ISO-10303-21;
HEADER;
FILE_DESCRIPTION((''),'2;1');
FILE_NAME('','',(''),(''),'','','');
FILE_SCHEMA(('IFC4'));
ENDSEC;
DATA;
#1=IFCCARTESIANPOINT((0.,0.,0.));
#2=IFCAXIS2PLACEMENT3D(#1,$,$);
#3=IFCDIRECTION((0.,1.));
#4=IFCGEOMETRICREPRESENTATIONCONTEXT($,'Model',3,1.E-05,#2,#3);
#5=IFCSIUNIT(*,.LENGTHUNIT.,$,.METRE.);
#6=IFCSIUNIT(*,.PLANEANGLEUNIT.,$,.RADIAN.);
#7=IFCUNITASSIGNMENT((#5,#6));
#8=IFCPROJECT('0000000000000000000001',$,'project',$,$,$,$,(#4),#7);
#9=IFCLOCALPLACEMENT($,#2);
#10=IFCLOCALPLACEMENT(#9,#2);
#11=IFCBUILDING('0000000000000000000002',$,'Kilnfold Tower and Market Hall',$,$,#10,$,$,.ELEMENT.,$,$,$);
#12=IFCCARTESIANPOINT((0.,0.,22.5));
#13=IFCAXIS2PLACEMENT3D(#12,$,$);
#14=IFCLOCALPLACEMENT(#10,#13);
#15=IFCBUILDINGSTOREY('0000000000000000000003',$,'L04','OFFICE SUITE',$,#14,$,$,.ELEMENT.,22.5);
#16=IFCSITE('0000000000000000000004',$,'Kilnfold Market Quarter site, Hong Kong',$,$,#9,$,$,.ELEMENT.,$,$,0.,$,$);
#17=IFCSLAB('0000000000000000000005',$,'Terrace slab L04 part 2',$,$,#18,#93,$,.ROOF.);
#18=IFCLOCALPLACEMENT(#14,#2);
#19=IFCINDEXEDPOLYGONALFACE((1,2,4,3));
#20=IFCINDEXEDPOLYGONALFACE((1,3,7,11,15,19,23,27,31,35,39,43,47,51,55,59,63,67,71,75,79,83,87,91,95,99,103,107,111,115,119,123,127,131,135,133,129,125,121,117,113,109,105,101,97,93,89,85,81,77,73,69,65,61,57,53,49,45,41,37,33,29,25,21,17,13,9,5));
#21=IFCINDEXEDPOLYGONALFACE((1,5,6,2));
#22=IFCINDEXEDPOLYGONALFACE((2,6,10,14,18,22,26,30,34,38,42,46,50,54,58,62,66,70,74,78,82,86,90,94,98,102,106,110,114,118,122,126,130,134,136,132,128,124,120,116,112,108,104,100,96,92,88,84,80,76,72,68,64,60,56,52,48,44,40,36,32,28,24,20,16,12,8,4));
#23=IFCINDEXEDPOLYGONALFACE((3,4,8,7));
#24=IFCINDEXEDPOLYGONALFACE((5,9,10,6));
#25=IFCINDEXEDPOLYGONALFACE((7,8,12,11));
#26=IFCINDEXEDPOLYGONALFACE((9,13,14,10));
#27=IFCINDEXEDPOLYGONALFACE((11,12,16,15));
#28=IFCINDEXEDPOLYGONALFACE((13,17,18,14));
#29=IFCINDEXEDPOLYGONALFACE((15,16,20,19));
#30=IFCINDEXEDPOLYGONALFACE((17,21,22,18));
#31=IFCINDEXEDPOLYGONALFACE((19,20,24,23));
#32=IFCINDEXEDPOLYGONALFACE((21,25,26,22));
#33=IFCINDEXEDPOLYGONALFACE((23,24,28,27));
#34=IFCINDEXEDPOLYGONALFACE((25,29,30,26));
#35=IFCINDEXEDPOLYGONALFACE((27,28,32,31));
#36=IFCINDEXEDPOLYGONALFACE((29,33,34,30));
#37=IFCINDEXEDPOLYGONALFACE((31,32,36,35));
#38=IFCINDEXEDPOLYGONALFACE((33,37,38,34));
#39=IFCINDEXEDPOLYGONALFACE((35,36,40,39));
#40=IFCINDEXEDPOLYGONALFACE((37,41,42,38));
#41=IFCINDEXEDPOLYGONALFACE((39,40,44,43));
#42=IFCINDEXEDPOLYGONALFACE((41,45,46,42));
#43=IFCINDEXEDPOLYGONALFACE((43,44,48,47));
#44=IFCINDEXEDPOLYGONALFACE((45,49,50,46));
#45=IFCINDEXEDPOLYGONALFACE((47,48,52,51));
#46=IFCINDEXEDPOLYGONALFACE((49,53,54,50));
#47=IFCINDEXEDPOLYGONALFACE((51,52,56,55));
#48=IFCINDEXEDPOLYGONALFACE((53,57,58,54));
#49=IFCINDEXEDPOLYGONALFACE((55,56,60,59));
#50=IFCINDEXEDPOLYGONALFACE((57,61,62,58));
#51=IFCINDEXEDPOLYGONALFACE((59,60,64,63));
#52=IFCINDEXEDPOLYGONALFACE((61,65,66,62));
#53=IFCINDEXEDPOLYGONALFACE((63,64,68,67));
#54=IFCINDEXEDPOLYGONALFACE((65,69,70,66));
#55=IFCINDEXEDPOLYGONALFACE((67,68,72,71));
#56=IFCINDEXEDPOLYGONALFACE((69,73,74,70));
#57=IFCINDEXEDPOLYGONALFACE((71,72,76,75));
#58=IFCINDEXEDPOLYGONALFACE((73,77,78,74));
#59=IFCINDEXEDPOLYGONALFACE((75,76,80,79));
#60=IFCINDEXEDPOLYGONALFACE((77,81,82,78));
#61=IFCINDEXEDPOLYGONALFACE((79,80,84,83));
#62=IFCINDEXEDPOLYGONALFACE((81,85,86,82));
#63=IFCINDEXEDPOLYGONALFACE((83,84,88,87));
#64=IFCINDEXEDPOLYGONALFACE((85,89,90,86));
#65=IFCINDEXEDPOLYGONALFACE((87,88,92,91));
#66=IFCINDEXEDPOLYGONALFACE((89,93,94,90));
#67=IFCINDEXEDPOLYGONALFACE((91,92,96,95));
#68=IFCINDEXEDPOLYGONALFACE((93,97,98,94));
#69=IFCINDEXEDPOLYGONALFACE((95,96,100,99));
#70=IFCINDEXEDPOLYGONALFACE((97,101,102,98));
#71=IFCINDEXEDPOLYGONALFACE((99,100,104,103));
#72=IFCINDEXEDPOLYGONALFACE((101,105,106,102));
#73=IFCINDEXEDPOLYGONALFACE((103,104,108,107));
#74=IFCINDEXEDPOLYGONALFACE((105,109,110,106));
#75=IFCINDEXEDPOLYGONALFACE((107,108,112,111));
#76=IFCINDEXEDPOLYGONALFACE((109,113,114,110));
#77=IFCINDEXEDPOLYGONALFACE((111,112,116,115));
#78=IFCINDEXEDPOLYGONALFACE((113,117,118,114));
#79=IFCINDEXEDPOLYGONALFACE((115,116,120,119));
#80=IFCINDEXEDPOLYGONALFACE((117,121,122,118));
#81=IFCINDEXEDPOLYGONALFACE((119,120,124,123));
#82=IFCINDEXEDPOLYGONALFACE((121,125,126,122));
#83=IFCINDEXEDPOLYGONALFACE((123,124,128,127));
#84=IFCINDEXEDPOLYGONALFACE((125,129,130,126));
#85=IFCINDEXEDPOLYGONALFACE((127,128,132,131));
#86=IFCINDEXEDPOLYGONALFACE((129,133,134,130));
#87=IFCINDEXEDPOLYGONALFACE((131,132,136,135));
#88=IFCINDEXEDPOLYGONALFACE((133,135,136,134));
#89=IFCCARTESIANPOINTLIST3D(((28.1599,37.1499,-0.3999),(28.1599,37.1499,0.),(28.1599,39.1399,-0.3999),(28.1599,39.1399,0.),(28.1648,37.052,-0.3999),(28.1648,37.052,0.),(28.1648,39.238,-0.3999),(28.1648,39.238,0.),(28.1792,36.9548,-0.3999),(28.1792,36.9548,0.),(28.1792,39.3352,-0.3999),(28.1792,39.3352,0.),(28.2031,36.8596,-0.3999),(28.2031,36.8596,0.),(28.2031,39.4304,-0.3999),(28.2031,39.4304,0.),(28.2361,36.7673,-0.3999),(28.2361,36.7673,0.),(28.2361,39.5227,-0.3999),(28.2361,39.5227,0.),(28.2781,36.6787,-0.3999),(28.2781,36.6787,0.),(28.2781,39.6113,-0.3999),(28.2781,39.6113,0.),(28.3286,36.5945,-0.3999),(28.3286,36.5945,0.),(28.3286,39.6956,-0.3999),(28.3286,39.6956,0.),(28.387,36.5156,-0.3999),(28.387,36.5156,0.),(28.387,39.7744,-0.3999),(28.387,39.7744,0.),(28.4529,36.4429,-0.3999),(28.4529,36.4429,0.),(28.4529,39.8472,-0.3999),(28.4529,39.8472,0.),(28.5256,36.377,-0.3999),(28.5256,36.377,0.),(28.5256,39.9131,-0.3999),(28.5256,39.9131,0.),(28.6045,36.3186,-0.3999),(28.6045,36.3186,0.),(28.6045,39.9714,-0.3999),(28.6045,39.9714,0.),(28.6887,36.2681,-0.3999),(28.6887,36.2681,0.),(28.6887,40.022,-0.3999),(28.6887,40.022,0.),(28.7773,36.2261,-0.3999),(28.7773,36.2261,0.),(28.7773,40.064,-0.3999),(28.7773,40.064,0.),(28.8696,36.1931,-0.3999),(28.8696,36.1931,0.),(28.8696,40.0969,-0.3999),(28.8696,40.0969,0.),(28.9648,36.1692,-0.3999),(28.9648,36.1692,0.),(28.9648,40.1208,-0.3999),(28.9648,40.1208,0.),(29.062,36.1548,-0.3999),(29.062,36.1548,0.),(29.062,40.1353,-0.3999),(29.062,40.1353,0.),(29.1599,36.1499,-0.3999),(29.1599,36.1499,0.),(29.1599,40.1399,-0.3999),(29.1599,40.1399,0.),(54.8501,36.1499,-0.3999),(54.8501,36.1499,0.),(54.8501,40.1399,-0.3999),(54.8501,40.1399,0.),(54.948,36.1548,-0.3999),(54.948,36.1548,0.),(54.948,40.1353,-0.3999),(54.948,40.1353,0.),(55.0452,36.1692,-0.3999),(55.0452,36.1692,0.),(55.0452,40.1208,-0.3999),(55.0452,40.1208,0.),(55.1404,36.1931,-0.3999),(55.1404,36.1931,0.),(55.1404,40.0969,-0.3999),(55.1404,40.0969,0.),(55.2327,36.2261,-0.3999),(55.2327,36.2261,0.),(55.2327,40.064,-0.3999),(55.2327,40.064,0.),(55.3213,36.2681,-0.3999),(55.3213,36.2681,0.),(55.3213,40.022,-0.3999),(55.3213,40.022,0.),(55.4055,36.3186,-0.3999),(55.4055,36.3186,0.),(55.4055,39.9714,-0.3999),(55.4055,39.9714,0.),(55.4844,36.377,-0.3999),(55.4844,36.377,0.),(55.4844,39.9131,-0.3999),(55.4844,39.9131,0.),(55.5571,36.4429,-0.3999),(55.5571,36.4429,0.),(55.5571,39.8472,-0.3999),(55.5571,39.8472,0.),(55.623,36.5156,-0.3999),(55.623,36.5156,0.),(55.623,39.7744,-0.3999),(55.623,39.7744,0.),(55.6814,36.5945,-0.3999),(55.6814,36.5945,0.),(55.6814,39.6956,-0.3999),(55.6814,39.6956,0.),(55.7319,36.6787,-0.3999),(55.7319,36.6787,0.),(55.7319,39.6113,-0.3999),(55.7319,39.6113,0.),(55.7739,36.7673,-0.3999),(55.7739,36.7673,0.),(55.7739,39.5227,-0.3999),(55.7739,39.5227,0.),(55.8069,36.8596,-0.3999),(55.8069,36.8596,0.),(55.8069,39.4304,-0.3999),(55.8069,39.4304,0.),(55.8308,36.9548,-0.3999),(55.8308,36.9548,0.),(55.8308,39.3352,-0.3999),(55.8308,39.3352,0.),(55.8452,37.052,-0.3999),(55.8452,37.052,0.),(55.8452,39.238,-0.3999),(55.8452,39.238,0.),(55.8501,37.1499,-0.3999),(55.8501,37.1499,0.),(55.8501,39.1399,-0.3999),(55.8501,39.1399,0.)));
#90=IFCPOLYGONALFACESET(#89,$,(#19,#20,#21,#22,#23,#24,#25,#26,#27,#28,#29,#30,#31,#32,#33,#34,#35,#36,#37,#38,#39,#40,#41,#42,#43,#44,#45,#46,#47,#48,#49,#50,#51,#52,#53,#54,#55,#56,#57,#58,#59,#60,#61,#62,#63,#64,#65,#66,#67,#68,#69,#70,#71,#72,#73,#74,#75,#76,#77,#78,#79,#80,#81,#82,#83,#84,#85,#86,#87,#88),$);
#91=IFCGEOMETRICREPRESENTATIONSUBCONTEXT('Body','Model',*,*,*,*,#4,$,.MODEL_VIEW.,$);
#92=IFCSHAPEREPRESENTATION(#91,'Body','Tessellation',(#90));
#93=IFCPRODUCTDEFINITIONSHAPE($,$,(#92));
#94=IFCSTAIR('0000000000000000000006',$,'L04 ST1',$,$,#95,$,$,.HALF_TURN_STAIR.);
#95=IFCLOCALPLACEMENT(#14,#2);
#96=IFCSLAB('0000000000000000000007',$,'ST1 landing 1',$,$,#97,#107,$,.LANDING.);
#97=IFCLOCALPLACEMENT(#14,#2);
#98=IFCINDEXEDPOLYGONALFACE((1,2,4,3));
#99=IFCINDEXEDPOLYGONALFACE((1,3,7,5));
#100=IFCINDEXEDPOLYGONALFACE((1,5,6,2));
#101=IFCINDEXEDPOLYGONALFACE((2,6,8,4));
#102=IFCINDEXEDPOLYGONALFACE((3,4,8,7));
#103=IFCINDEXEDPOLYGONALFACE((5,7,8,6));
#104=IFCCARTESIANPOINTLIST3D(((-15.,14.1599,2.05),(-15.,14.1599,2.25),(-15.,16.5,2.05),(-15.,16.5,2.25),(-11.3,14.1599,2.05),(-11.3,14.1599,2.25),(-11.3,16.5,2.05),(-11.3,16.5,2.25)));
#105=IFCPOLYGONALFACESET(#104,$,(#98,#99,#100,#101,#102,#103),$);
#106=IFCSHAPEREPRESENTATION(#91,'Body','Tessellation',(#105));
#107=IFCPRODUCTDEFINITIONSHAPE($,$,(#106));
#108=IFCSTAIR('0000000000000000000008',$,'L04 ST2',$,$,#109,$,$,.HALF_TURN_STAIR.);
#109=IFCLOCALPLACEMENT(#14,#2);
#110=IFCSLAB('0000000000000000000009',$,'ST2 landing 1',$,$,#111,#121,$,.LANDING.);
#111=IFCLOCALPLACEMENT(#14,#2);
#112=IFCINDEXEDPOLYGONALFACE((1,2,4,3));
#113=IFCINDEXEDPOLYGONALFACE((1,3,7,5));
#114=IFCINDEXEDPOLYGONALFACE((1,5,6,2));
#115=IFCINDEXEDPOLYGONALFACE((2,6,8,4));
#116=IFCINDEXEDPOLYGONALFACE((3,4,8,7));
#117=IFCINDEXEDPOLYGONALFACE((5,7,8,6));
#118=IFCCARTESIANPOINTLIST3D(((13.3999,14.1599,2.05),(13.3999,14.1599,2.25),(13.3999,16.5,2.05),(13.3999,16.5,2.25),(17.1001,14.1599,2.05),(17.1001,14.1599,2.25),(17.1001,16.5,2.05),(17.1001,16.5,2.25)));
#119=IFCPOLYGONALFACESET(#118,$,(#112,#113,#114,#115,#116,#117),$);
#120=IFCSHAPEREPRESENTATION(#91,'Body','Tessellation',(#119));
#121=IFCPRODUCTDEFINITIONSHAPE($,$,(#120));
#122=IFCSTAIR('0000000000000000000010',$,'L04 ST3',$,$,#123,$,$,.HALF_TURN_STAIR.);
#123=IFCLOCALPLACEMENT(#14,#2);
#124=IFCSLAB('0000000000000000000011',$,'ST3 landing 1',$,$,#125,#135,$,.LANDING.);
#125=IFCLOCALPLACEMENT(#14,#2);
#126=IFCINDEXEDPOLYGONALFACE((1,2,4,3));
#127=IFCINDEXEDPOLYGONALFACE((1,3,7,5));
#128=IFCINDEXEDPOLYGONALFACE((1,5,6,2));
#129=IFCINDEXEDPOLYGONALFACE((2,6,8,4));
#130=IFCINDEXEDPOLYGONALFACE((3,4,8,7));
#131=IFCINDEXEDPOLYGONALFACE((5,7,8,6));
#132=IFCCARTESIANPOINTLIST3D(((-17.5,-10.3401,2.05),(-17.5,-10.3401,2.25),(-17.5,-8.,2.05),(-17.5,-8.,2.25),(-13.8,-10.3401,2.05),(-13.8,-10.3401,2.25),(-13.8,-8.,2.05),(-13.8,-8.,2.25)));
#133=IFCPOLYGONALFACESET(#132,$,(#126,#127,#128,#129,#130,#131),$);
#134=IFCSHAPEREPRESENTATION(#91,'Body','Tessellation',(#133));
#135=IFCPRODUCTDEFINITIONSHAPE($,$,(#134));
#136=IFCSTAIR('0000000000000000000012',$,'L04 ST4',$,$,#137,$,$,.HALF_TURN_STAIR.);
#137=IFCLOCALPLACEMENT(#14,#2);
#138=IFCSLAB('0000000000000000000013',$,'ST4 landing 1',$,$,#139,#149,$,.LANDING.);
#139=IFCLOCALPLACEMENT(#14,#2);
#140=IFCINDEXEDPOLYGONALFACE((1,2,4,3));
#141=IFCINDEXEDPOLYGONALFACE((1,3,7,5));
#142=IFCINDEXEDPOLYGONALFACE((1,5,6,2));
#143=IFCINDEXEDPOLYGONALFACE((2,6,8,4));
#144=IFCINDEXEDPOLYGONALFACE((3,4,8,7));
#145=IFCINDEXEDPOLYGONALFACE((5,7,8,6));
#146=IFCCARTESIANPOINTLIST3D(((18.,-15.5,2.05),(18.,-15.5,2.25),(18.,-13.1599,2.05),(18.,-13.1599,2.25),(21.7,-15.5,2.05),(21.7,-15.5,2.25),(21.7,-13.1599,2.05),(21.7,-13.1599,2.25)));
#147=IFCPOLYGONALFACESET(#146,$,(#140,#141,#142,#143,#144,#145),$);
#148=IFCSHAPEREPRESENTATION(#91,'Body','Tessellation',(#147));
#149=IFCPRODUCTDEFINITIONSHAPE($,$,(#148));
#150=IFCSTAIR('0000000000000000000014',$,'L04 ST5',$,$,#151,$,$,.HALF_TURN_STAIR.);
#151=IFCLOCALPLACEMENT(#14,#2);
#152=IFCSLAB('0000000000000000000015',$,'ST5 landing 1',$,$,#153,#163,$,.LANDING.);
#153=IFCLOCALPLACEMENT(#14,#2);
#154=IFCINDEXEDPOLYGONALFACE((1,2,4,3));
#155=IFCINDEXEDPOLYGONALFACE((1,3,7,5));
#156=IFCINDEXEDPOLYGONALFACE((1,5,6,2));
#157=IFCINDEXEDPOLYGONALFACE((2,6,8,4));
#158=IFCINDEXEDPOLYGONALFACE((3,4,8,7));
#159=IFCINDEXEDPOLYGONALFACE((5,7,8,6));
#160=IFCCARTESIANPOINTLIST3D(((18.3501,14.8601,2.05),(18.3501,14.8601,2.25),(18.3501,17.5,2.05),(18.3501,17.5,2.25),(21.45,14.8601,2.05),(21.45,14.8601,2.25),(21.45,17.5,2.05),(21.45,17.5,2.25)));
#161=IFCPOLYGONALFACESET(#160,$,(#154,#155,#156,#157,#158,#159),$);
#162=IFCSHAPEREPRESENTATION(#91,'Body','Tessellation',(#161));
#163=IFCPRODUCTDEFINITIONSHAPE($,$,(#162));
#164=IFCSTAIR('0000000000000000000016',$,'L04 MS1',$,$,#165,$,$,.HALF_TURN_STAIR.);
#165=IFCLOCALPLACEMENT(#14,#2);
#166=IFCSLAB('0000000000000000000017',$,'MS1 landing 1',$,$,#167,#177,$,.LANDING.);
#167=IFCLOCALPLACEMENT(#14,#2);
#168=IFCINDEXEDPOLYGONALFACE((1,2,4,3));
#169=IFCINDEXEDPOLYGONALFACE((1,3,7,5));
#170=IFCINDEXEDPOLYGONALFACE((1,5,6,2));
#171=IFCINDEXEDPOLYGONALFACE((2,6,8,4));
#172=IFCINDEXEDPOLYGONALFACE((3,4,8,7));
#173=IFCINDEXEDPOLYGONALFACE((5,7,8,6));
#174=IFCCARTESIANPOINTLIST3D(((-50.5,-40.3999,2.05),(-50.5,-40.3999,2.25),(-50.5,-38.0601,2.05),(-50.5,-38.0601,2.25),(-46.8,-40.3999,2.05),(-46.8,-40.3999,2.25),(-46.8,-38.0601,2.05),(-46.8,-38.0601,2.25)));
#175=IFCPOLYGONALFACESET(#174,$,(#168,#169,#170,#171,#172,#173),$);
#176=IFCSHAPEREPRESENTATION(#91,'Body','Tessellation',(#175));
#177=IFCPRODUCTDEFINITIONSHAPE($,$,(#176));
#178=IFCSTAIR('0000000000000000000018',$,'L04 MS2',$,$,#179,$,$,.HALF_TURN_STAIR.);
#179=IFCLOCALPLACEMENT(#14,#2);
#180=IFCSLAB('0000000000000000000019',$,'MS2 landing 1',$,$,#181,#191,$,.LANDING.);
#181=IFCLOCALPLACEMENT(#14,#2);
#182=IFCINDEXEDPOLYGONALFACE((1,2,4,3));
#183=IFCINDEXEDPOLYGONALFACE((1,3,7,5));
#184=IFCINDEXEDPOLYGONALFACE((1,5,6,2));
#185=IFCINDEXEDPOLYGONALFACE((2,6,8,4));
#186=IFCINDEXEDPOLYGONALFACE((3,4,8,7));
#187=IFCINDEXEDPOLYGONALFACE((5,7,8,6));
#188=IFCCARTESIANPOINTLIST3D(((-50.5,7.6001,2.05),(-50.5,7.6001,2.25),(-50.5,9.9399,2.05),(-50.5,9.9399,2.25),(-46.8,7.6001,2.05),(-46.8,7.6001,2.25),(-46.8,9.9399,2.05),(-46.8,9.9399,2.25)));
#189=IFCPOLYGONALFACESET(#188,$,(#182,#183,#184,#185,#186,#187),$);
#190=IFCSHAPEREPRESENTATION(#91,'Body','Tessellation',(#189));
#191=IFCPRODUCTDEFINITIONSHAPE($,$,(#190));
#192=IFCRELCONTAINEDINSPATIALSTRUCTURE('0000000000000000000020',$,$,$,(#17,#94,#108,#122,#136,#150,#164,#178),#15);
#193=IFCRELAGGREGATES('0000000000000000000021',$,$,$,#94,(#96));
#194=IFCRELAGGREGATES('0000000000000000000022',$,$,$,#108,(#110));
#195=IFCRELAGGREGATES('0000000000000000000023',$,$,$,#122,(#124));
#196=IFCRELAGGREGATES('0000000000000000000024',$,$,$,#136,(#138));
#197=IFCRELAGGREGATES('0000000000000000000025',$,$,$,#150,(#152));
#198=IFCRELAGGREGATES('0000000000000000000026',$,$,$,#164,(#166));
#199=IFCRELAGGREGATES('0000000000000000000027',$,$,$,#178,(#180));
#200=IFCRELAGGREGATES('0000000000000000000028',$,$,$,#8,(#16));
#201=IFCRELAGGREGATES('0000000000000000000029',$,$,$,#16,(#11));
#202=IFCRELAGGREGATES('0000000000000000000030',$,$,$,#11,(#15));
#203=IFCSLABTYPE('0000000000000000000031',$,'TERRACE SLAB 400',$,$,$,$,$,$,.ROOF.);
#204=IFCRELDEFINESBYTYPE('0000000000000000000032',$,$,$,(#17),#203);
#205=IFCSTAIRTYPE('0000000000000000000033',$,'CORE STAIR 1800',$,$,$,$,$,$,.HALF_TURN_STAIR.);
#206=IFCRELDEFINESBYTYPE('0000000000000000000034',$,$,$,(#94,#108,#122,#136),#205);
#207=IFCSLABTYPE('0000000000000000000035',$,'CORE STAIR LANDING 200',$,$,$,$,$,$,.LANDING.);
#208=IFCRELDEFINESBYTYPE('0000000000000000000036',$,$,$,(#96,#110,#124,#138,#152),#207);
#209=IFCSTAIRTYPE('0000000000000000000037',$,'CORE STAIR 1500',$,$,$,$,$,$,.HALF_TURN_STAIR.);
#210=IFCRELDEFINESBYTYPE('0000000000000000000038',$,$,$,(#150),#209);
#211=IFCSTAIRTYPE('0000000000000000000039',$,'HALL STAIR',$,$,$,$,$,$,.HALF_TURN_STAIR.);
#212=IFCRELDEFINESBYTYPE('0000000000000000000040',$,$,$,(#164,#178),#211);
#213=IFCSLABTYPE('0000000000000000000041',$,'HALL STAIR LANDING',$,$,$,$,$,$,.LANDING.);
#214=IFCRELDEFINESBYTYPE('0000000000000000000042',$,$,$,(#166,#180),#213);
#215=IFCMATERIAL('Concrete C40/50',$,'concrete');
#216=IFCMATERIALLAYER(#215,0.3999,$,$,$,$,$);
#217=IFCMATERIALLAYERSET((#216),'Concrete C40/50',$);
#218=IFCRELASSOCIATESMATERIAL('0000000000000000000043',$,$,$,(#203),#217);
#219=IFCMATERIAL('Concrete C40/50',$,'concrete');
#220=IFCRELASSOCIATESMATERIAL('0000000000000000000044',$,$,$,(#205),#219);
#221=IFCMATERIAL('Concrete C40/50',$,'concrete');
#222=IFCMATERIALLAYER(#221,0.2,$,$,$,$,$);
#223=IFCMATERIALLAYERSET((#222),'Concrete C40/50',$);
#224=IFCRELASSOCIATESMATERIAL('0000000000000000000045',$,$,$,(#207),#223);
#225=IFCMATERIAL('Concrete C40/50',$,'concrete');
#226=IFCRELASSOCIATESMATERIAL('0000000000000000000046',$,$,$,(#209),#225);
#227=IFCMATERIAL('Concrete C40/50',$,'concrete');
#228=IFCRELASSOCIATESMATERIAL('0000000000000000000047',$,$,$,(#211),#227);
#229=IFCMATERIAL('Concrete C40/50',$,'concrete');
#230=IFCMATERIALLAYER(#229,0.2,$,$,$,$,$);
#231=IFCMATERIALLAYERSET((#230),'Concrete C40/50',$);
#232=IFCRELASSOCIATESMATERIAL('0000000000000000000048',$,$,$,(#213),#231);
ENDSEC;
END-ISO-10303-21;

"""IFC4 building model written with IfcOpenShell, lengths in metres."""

from ifc_helpers import new_model, si_unit, direction, frame, origin, place, context, subcontext, project, spatial, polyline, outline, extrude, source, transform, mapped, material, layer, layer_set, type_object, element, aggregate, save


model = new_model("IFC4")

# Units and contexts
model_context = context("Model", 3, precision=1e-05, world=origin(), true_north=direction((0.0, 1.0)))
body_context = subcontext(model_context, "Body", "Model", "MODEL_VIEW")
ifc_project = project(units=[si_unit("LENGTHUNIT", "METRE"), si_unit("PLANEANGLEUNIT", "RADIAN")], contexts=[model_context])

# Site, building, storey
site_placement = place(None, origin())
site = spatial("IfcSite", under=ifc_project, at=site_placement, Name="Kilnfold Market Quarter site, Hong Kong", CompositionType="ELEMENT", RefElevation=0.0)
building_placement = place(site_placement, origin())
building = spatial("IfcBuilding", under=site, at=building_placement, Name="Kilnfold Tower and Market Hall", CompositionType="ELEMENT")
storey_placement = place(building_placement, frame((0.0, 0.0, 22.5)))
storey = spatial("IfcBuildingStorey", under=building, at=storey_placement, Name="L04", Description="OFFICE SUITE", CompositionType="ELEMENT", Elevation=22.5)

# Slab
ifc_material_1 = material(Name="Concrete C40/50", Category="concrete")
ifc_layer_1 = layer(ifc_material_1, 0.3999)
ifc_layer_set_1 = layer_set([ifc_layer_1], Name="Concrete C40/50")
slab_type_1 = type_object("IfcSlabType", Name="TERRACE SLAB 400", PredefinedType="ROOF", material=ifc_layer_set_1)
shared_shape_1 = source(origin(), body_context, "Body", "SweptSolid", [
    extrude(outline(polyline([(55.8501, 37.1499), (55.8452, 37.052), (55.8308, 36.9548), (55.8069, 36.8596), (55.7739, 36.7673), (55.7319, 36.6787), (55.6814, 36.5945), (55.623, 36.5156), (55.5571, 36.4429), (55.4844, 36.377), (55.4055, 36.3186), (55.3213, 36.2681), (55.2327, 36.2261), (55.1404, 36.1931), (55.0452, 36.1692), (54.948, 36.1548), (54.8501, 36.1499), (29.1599, 36.1499), (29.062, 36.1548), (28.9648, 36.1692), (28.8696, 36.1931), (28.7773, 36.2261), (28.6887, 36.2681), (28.6045, 36.3186), (28.5256, 36.377), (28.4529, 36.4429), (28.387, 36.5156), (28.3286, 36.5945), (28.2781, 36.6787), (28.2361, 36.7673), (28.2031, 36.8596), (28.1792, 36.9548), (28.1648, 37.052), (28.1599, 37.1499), (28.1599, 39.1399), (28.1648, 39.238), (28.1792, 39.3352), (28.2031, 39.4304), (28.2361, 39.5227), (28.2781, 39.6113), (28.3286, 39.6956), (28.387, 39.7744), (28.4529, 39.8472), (28.5256, 39.9131), (28.6045, 39.9714), (28.6887, 40.022), (28.7773, 40.064), (28.8696, 40.0969), (28.9648, 40.1208), (29.062, 40.1353), (29.1599, 40.1399), (54.8501, 40.1399), (54.948, 40.1353), (55.0452, 40.1208), (55.1404, 40.0969), (55.2327, 40.064), (55.3213, 40.022), (55.4055, 39.9714), (55.4844, 39.9131), (55.5571, 39.8472), (55.623, 39.7744), (55.6814, 39.6956), (55.7319, 39.6113), (55.7739, 39.5227), (55.8069, 39.4304), (55.8308, 39.3352), (55.8452, 39.238), (55.8501, 39.1399), (55.8501, 37.1499)])), origin(), (0.0, 0.0, 1.0), 0.3999),
])
slab_1_placement = place(storey_placement, frame((0.0, 0.0, -0.3999)))
element("IfcSlab", 1, at=slab_1_placement, inside=storey, type_object=slab_type_1, Name="Terrace slab L04 part 2", PredefinedType="ROOF", context=body_context, shape_type="MappedRepresentation", body=[
    mapped(shared_shape_1, transform((0.0, 0.0, 0.0))),
])

# Stairs, slabs
ifc_material_2 = material(Name="Concrete C40/50", Category="concrete")
stair_type_1 = type_object("IfcStairType", Name="CORE STAIR 1800", PredefinedType="HALF_TURN_STAIR", material=ifc_material_2)
stair_1_placement = place(storey_placement, origin())
stair_1 = element("IfcStair", 2, at=stair_1_placement, inside=storey, type_object=stair_type_1, Name="L04 ST1", PredefinedType="HALF_TURN_STAIR")
ifc_material_3 = material(Name="Concrete C40/50", Category="concrete")
ifc_layer_2 = layer(ifc_material_3, 0.2)
ifc_layer_set_2 = layer_set([ifc_layer_2], Name="Concrete C40/50")
slab_type_2 = type_object("IfcSlabType", Name="CORE STAIR LANDING 200", PredefinedType="LANDING", material=ifc_layer_set_2)
shared_shape_2 = source(origin(), body_context, "Body", "SweptSolid", [
    extrude(outline(polyline([(-11.3, 14.1599), (-11.3, 16.5), (-15.0, 16.5), (-15.0, 14.1599), (-11.3, 14.1599)])), origin(), (0.0, 0.0, 1.0), 0.2),
])
slab_2_placement = place(storey_placement, frame((0.0, 0.0, 2.05)))
slab_2 = element("IfcSlab", 3, at=slab_2_placement, type_object=slab_type_2, Name="ST1 landing 1", PredefinedType="LANDING", context=body_context, shape_type="MappedRepresentation", body=[
    mapped(shared_shape_2, transform((0.0, 0.0, 0.0))),
])
aggregate(stair_1, [slab_2])
stair_2_placement = place(storey_placement, origin())
stair_2 = element("IfcStair", 4, at=stair_2_placement, inside=storey, type_object=stair_type_1, Name="L04 ST2", PredefinedType="HALF_TURN_STAIR")
shared_shape_3 = source(origin(), body_context, "Body", "SweptSolid", [
    extrude(outline(polyline([(17.1001, 14.1599), (17.1001, 16.5), (13.3999, 16.5), (13.3999, 14.1599), (17.1001, 14.1599)])), origin(), (0.0, 0.0, 1.0), 0.2),
])
slab_3_placement = place(storey_placement, frame((0.0, 0.0, 2.05)))
slab_3 = element("IfcSlab", 5, at=slab_3_placement, type_object=slab_type_2, Name="ST2 landing 1", PredefinedType="LANDING", context=body_context, shape_type="MappedRepresentation", body=[
    mapped(shared_shape_3, transform((0.0, 0.0, 0.0))),
])
aggregate(stair_2, [slab_3])
stair_3_placement = place(storey_placement, origin())
stair_3 = element("IfcStair", 6, at=stair_3_placement, inside=storey, type_object=stair_type_1, Name="L04 ST3", PredefinedType="HALF_TURN_STAIR")
shared_shape_4 = source(origin(), body_context, "Body", "SweptSolid", [
    extrude(outline(polyline([(-13.8, -10.3401), (-13.8, -8.0), (-17.5, -8.0), (-17.5, -10.3401), (-13.8, -10.3401)])), origin(), (0.0, 0.0, 1.0), 0.2),
])
slab_4_placement = place(storey_placement, frame((0.0, 0.0, 2.05)))
slab_4 = element("IfcSlab", 7, at=slab_4_placement, type_object=slab_type_2, Name="ST3 landing 1", PredefinedType="LANDING", context=body_context, shape_type="MappedRepresentation", body=[
    mapped(shared_shape_4, transform((0.0, 0.0, 0.0))),
])
aggregate(stair_3, [slab_4])
stair_4_placement = place(storey_placement, origin())
stair_4 = element("IfcStair", 8, at=stair_4_placement, inside=storey, type_object=stair_type_1, Name="L04 ST4", PredefinedType="HALF_TURN_STAIR")
shared_shape_5 = source(origin(), body_context, "Body", "SweptSolid", [
    extrude(outline(polyline([(18.0, -13.1599), (18.0, -15.5), (21.7, -15.5), (21.7, -13.1599), (18.0, -13.1599)])), origin(), (0.0, 0.0, 1.0), 0.2),
])
slab_5_placement = place(storey_placement, frame((0.0, 0.0, 2.05)))
slab_5 = element("IfcSlab", 9, at=slab_5_placement, type_object=slab_type_2, Name="ST4 landing 1", PredefinedType="LANDING", context=body_context, shape_type="MappedRepresentation", body=[
    mapped(shared_shape_5, transform((0.0, 0.0, 0.0))),
])
aggregate(stair_4, [slab_5])
ifc_material_4 = material(Name="Concrete C40/50", Category="concrete")
stair_type_2 = type_object("IfcStairType", Name="CORE STAIR 1500", PredefinedType="HALF_TURN_STAIR", material=ifc_material_4)
stair_5_placement = place(storey_placement, origin())
stair_5 = element("IfcStair", 10, at=stair_5_placement, inside=storey, type_object=stair_type_2, Name="L04 ST5", PredefinedType="HALF_TURN_STAIR")
shared_shape_6 = source(origin(), body_context, "Body", "SweptSolid", [
    extrude(outline(polyline([(21.45, 14.8601), (21.45, 17.5), (18.3501, 17.5), (18.3501, 14.8601), (21.45, 14.8601)])), origin(), (0.0, 0.0, 1.0), 0.2),
])
slab_6_placement = place(storey_placement, frame((0.0, 0.0, 2.05)))
slab_6 = element("IfcSlab", 11, at=slab_6_placement, type_object=slab_type_2, Name="ST5 landing 1", PredefinedType="LANDING", context=body_context, shape_type="MappedRepresentation", body=[
    mapped(shared_shape_6, transform((0.0, 0.0, 0.0))),
])
aggregate(stair_5, [slab_6])
ifc_material_5 = material(Name="Concrete C40/50", Category="concrete")
stair_type_3 = type_object("IfcStairType", Name="HALL STAIR", PredefinedType="HALF_TURN_STAIR", material=ifc_material_5)
stair_6_placement = place(storey_placement, origin())
stair_6 = element("IfcStair", 12, at=stair_6_placement, inside=storey, type_object=stair_type_3, Name="L04 MS1", PredefinedType="HALF_TURN_STAIR")
ifc_material_6 = material(Name="Concrete C40/50", Category="concrete")
ifc_layer_3 = layer(ifc_material_6, 0.2)
ifc_layer_set_3 = layer_set([ifc_layer_3], Name="Concrete C40/50")
slab_type_3 = type_object("IfcSlabType", Name="HALL STAIR LANDING", PredefinedType="LANDING", material=ifc_layer_set_3)
shared_shape_7 = source(origin(), body_context, "Body", "SweptSolid", [
    extrude(outline(polyline([(-50.5, -38.0601), (-50.5, -40.3999), (-46.8, -40.3999), (-46.8, -38.0601), (-50.5, -38.0601)])), origin(), (0.0, 0.0, 1.0), 0.2),
])
slab_7_placement = place(storey_placement, frame((0.0, 0.0, 2.05)))
slab_7 = element("IfcSlab", 13, at=slab_7_placement, type_object=slab_type_3, Name="MS1 landing 1", PredefinedType="LANDING", context=body_context, shape_type="MappedRepresentation", body=[
    mapped(shared_shape_7, transform((0.0, 0.0, 0.0))),
])
aggregate(stair_6, [slab_7])
stair_7_placement = place(storey_placement, origin())
stair_7 = element("IfcStair", 14, at=stair_7_placement, inside=storey, type_object=stair_type_3, Name="L04 MS2", PredefinedType="HALF_TURN_STAIR")
shared_shape_8 = source(origin(), body_context, "Body", "SweptSolid", [
    extrude(outline(polyline([(-50.5, 9.9399), (-50.5, 7.6001), (-46.8, 7.6001), (-46.8, 9.9399), (-50.5, 9.9399)])), origin(), (0.0, 0.0, 1.0), 0.2),
])
slab_8_placement = place(storey_placement, frame((0.0, 0.0, 2.05)))
slab_8 = element("IfcSlab", 15, at=slab_8_placement, type_object=slab_type_3, Name="MS2 landing 1", PredefinedType="LANDING", context=body_context, shape_type="MappedRepresentation", body=[
    mapped(shared_shape_8, transform((0.0, 0.0, 0.0))),
])
aggregate(stair_7, [slab_8])

save(model, "model.ifc")
